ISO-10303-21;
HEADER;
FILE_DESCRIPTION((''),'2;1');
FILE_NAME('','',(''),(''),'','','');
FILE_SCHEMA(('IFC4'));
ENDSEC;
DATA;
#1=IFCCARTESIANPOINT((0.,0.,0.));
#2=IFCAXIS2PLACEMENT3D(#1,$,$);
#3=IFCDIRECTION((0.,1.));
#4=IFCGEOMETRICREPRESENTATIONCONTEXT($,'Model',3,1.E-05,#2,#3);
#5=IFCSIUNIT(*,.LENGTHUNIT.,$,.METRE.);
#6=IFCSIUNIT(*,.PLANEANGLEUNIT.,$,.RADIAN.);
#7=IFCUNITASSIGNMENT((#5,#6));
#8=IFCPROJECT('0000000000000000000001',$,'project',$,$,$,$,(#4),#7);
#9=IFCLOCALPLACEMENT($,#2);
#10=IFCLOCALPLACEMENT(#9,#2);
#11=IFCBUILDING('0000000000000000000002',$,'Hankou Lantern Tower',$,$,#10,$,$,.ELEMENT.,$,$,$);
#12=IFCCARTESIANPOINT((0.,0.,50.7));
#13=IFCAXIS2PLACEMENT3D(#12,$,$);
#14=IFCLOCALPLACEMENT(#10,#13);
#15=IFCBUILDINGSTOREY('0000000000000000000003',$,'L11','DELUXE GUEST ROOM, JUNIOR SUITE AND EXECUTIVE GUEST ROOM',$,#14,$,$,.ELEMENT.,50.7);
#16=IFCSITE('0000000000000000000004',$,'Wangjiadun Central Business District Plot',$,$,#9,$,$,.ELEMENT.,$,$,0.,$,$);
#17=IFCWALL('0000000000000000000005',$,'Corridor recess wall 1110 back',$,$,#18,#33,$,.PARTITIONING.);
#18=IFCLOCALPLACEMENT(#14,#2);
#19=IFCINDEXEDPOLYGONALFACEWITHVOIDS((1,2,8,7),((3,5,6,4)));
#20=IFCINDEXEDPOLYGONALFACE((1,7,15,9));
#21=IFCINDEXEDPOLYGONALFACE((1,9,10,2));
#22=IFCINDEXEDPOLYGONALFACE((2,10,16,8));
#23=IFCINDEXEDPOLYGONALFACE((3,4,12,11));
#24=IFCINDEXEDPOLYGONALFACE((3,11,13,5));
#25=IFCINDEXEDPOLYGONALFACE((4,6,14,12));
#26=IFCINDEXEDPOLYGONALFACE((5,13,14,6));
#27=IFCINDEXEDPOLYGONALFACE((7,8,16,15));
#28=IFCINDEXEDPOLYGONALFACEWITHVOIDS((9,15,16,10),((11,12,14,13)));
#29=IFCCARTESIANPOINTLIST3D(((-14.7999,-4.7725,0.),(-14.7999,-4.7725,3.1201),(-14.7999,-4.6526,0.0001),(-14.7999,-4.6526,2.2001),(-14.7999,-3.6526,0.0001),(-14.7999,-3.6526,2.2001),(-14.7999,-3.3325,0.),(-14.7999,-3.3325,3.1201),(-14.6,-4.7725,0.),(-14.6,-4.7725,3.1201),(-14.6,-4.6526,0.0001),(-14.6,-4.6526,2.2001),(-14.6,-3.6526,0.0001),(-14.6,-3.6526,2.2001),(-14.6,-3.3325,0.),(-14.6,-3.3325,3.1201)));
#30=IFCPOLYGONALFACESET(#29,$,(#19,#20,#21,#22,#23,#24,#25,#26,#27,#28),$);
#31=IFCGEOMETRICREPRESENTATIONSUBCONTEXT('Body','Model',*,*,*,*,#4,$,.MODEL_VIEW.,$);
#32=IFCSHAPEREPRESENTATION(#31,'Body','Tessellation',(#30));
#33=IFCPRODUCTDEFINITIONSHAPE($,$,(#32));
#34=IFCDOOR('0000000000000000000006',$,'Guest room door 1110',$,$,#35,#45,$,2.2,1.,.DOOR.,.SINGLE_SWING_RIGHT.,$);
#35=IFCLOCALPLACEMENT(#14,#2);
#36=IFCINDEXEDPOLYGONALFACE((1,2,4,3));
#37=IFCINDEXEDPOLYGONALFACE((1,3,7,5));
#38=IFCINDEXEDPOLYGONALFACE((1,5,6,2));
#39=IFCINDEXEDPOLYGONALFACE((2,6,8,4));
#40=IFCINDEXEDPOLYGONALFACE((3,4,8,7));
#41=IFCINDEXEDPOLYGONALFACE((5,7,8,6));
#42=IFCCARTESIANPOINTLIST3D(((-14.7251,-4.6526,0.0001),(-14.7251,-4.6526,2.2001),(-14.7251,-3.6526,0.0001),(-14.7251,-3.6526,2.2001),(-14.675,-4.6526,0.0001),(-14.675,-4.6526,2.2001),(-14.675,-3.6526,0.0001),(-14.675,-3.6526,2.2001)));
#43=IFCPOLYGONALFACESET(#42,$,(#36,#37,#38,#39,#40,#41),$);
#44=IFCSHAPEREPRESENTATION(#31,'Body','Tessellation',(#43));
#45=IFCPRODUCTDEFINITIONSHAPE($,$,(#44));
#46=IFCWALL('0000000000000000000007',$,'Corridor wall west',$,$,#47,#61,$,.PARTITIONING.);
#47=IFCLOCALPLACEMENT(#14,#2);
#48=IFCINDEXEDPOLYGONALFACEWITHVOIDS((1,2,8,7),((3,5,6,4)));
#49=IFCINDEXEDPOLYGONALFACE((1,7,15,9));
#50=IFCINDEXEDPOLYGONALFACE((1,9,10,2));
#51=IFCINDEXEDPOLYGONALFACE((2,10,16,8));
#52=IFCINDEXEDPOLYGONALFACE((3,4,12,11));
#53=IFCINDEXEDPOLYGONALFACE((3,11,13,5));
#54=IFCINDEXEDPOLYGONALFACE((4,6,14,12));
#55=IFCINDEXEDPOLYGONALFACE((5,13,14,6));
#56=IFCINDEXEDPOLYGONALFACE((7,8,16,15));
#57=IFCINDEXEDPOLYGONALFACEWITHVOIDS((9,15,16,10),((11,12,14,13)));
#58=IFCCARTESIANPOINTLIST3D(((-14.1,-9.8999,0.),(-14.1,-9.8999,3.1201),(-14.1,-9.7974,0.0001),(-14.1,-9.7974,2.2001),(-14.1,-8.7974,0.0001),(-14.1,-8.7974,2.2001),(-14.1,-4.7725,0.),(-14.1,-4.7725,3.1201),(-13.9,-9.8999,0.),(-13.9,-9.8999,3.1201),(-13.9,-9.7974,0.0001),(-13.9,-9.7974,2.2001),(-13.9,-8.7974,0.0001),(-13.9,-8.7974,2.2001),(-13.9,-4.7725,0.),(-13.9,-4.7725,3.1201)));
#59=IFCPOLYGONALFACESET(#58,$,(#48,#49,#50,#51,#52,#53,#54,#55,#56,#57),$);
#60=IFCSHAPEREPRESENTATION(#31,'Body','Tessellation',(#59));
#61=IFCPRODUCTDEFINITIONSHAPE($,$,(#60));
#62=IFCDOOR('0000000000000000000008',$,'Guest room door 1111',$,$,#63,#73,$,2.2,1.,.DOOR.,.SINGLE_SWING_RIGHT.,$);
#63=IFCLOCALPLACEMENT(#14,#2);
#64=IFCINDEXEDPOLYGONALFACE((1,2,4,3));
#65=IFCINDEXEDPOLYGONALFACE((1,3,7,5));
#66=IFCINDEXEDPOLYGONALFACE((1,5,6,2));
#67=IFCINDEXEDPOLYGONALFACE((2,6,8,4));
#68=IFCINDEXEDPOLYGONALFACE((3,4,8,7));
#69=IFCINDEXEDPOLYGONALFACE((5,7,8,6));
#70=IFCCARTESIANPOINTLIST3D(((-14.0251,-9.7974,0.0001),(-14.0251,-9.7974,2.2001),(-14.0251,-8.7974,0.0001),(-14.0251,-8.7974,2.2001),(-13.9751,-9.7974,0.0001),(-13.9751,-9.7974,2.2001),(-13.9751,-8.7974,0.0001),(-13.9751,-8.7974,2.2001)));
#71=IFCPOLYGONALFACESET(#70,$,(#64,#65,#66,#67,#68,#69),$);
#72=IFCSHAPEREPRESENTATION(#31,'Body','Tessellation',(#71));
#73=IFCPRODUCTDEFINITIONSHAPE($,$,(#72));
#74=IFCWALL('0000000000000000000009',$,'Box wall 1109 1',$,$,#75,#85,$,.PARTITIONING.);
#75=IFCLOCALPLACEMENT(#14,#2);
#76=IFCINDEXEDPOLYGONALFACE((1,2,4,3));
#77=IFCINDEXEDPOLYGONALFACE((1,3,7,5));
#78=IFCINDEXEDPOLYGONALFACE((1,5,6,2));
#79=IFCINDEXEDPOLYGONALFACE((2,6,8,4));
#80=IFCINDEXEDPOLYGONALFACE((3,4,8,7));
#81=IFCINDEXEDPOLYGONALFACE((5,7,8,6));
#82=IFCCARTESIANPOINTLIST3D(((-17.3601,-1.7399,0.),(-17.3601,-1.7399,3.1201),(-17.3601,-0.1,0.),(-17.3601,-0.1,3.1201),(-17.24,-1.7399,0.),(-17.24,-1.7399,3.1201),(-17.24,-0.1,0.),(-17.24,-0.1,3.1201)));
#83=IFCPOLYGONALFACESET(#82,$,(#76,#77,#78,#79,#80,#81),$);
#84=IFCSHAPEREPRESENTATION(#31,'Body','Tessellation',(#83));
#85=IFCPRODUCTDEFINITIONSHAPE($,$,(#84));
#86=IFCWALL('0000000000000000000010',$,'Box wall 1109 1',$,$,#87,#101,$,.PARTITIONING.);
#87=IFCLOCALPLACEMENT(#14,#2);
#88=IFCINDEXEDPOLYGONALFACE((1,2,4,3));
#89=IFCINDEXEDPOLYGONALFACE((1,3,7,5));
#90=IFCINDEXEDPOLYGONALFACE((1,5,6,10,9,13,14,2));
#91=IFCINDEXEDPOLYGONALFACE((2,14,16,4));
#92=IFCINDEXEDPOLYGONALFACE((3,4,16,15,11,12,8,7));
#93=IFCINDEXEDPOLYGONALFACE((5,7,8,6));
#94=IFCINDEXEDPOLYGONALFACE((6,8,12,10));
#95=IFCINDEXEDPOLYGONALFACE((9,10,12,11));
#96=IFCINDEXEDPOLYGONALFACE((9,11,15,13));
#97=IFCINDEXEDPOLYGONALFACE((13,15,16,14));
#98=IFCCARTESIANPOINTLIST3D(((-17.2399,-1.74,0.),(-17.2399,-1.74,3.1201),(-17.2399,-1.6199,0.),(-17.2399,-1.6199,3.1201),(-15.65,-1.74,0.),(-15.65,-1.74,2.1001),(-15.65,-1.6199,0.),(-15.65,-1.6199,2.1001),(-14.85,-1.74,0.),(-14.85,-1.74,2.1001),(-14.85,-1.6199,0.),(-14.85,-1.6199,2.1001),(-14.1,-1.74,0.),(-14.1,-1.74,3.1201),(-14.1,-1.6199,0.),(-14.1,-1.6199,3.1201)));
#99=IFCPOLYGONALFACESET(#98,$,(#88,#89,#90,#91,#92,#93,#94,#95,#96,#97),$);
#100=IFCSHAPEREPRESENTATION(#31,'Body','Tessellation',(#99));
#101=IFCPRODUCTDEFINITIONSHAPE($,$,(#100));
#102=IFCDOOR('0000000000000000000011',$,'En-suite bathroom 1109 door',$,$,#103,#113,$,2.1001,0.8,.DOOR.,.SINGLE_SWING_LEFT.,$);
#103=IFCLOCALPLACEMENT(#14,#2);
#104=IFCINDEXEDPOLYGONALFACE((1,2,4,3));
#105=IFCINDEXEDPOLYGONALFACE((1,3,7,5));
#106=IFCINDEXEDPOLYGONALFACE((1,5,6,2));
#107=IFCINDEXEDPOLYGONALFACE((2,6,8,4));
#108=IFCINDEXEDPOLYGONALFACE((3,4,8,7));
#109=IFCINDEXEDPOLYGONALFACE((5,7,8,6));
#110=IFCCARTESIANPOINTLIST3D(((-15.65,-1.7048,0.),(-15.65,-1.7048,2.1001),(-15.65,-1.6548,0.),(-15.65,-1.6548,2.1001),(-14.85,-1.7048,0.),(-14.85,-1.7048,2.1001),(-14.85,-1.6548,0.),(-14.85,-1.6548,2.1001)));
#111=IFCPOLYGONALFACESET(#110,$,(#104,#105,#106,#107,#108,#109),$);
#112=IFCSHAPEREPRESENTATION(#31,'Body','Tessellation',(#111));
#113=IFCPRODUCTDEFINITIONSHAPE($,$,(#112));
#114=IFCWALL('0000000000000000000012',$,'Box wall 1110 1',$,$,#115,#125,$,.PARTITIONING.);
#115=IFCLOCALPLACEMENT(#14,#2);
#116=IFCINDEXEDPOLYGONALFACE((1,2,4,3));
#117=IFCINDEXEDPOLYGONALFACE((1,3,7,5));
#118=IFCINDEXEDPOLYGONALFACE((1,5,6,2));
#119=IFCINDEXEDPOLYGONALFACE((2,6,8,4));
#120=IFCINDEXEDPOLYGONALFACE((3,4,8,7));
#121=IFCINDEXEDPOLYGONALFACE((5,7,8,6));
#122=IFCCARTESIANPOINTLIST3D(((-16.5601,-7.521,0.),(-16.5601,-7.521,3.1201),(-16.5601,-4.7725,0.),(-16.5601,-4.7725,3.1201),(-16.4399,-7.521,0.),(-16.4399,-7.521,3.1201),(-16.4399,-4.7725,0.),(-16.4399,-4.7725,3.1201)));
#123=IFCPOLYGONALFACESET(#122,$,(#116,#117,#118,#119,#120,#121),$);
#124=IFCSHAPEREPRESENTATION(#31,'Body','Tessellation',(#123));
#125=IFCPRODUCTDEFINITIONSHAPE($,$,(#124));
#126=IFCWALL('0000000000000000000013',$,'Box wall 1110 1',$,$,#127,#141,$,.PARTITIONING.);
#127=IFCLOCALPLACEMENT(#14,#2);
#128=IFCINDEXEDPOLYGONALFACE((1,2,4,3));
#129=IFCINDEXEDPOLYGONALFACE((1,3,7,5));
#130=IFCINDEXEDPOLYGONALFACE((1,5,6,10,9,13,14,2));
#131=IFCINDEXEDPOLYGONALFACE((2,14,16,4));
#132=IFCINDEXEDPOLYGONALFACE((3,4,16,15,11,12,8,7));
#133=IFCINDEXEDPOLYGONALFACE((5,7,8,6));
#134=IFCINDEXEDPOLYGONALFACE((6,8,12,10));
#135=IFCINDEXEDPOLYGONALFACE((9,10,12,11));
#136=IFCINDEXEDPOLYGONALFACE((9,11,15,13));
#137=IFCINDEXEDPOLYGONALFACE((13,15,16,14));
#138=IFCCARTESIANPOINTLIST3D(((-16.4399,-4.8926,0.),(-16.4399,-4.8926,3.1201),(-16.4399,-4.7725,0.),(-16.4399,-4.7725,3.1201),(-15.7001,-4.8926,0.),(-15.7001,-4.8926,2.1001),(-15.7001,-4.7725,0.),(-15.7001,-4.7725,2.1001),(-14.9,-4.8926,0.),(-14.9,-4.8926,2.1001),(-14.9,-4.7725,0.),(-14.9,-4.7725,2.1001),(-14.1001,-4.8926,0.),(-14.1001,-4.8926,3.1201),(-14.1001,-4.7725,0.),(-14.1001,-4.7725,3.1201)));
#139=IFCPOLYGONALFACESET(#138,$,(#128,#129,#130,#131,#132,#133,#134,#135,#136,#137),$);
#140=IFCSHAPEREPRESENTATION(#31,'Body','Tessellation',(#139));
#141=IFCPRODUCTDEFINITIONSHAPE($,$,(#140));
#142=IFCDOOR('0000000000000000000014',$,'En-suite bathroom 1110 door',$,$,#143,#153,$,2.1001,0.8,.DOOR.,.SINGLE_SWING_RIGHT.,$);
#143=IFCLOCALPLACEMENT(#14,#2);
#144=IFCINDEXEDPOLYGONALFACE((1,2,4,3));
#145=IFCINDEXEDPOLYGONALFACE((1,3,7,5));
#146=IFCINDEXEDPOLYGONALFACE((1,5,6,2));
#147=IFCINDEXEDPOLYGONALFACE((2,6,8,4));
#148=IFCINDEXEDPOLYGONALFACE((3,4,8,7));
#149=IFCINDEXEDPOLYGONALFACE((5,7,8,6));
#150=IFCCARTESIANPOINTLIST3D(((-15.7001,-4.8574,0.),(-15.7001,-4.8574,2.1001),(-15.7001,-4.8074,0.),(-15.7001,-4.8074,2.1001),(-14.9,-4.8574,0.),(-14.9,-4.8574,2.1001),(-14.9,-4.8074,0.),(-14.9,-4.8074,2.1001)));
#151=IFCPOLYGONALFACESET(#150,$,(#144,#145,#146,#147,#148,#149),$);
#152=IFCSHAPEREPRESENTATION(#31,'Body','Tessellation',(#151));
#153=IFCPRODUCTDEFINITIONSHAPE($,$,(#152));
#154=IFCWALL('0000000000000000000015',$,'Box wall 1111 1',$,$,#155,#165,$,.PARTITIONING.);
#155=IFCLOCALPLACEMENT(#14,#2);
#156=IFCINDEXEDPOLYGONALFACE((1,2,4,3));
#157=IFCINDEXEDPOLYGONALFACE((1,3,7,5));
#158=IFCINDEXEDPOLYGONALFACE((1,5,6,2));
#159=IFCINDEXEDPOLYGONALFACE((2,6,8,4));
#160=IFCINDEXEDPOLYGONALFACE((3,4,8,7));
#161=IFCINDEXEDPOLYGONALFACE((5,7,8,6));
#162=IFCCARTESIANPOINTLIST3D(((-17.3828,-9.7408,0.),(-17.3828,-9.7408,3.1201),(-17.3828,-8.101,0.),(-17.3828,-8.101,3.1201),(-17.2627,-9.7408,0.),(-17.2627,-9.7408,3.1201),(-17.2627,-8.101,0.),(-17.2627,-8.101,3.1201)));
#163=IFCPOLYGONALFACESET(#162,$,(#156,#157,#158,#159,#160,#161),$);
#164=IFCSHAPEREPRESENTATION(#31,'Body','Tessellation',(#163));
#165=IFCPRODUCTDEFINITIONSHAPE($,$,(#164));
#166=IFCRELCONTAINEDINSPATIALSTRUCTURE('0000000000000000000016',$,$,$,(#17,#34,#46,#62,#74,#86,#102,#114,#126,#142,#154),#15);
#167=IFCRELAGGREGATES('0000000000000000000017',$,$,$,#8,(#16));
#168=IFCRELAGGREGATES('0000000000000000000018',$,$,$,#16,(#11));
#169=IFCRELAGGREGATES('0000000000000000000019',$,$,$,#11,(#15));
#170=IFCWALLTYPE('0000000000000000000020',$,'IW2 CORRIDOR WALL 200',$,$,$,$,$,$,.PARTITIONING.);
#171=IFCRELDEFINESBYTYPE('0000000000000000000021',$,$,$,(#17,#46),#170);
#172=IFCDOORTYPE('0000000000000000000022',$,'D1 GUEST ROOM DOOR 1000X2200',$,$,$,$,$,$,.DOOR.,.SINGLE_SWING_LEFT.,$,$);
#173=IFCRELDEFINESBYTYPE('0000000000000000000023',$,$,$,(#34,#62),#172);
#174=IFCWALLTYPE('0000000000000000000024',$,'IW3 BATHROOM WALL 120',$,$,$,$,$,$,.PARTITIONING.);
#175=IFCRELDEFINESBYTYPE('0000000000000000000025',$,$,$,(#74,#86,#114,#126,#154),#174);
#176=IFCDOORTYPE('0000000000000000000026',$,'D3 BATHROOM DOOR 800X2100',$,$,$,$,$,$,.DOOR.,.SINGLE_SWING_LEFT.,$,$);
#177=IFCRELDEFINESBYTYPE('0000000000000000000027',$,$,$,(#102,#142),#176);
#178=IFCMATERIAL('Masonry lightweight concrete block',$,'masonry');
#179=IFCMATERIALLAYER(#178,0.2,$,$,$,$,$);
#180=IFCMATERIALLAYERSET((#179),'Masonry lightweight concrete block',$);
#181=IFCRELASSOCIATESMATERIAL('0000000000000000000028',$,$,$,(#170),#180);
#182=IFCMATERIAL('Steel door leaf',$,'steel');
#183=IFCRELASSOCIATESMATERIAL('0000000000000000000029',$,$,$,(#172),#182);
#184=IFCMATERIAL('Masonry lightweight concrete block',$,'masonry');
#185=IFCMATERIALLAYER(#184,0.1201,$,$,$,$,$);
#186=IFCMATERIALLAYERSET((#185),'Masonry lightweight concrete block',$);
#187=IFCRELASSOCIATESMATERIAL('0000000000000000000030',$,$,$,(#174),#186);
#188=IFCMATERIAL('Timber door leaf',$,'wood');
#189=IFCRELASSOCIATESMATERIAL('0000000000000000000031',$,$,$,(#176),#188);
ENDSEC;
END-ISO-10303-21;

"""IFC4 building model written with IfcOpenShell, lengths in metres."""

from ifc_helpers import new_model, si_unit, direction, frame, frame_2d, origin, place, context, subcontext, project, spatial, rectangle, extrude, material, layer, layer_set, type_object, element, fill, save


model = new_model("IFC4")

# Units and contexts
model_context = context("Model", 3, precision=1e-05, world=origin(), true_north=direction((0.0, 1.0)))
body_context = subcontext(model_context, "Body", "Model", "MODEL_VIEW")
ifc_project = project(units=[si_unit("LENGTHUNIT", "METRE"), si_unit("PLANEANGLEUNIT", "RADIAN")], contexts=[model_context])

# Site, building, storey
site_placement = place(None, origin())
site = spatial("IfcSite", under=ifc_project, at=site_placement, Name="Wangjiadun Central Business District Plot", CompositionType="ELEMENT", RefElevation=0.0)
building_placement = place(site_placement, origin())
building = spatial("IfcBuilding", under=site, at=building_placement, Name="Hankou Lantern Tower", CompositionType="ELEMENT")
storey_placement = place(building_placement, frame((0.0, 0.0, 50.7)))
storey = spatial("IfcBuildingStorey", under=building, at=storey_placement, Name="L11", Description="DELUXE GUEST ROOM, JUNIOR SUITE AND EXECUTIVE GUEST ROOM", CompositionType="ELEMENT", Elevation=50.7)

# Walls, openings, doors
ifc_material_1 = material(Name="Masonry lightweight concrete block", Category="masonry")
ifc_layer_1 = layer(ifc_material_1, 0.2)
ifc_layer_set_1 = layer_set([ifc_layer_1], Name="Masonry lightweight concrete block")
wall_type_1 = type_object("IfcWallType", Name="IW2 CORRIDOR WALL 200", PredefinedType="PARTITIONING", material=ifc_layer_set_1)
wall_1_placement = place(storey_placement, frame((-14.7, -3.3325, 0.0), z_axis=(0.0, 0.0, 1.0), x_axis=(0.0, -1.0, 0.0)))
wall_1 = element("IfcWall", 1, at=wall_1_placement, inside=storey, type_object=wall_type_1, Name="Corridor recess wall 1110 back", PredefinedType="PARTITIONING", context=body_context, shape_type="SweptSolid", body=[
    extrude(rectangle(XDim=1.4399, YDim=0.2, at=frame_2d((0.72, 0.0))), origin(), (0.0, 0.0, 1.0), 3.1201),
])
opening_1_placement = place(wall_1_placement, frame((0.3201, 0.0, 0.0)))
opening_1 = element("IfcOpeningElement", 2, at=opening_1_placement, cuts=wall_1, PredefinedType="OPENING", context=body_context, shape_type="SweptSolid", body=[
    extrude(rectangle(XDim=1.0, YDim=2.2, at=frame_2d((0.5, 1.1001))), frame((0.0, 0.1099, 0.0), z_axis=(0.0, -1.0, 0.0), x_axis=(1.0, 0.0, 0.0)), (0.0, 0.0, 1.0), 0.22),
])
ifc_material_2 = material(Name="Steel door leaf", Category="steel")
door_type_1 = type_object("IfcDoorType", Name="D1 GUEST ROOM DOOR 1000X2200", OperationType="SINGLE_SWING_LEFT", PredefinedType="DOOR", material=ifc_material_2)
door_1_placement = place(opening_1_placement, origin())
door_1 = element("IfcDoor", 3, at=door_1_placement, inside=storey, type_object=door_type_1, Name="Guest room door 1110", OperationType="SINGLE_SWING_RIGHT", OverallHeight=2.2, OverallWidth=1.0, PredefinedType="DOOR", context=body_context, shape_type="SweptSolid", body=[
    extrude(rectangle(XDim=1.0, YDim=2.2, at=frame_2d((0.5, 1.1001))), frame((0.0, 0.0249, 0.0), z_axis=(0.0, -1.0, 0.0), x_axis=(1.0, 0.0, 0.0)), (0.0, 0.0, 1.0), 0.05),
])
fill(opening_1, door_1)
wall_2_placement = place(storey_placement, frame((-14.0, -4.7725, 0.0), z_axis=(0.0, 0.0, 1.0), x_axis=(0.0, -1.0, 0.0)))
wall_2 = element("IfcWall", 4, at=wall_2_placement, inside=storey, type_object=wall_type_1, Name="Corridor wall west", PredefinedType="PARTITIONING", context=body_context, shape_type="SweptSolid", body=[
    extrude(rectangle(XDim=5.1274, YDim=0.2, at=frame_2d((2.5637, 0.0))), origin(), (0.0, 0.0, 1.0), 3.1201),
])
opening_2_placement = place(wall_2_placement, frame((4.0249, 0.0, 0.0)))
opening_2 = element("IfcOpeningElement", 5, at=opening_2_placement, cuts=wall_2, PredefinedType="OPENING", context=body_context, shape_type="SweptSolid", body=[
    extrude(rectangle(XDim=1.0, YDim=2.2, at=frame_2d((0.5, 1.1001))), frame((0.0, 0.1099, 0.0), z_axis=(0.0, -1.0, 0.0), x_axis=(1.0, 0.0, 0.0)), (0.0, 0.0, 1.0), 0.22),
])
door_2_placement = place(opening_2_placement, origin())
door_2 = element("IfcDoor", 6, at=door_2_placement, inside=storey, type_object=door_type_1, Name="Guest room door 1111", OperationType="SINGLE_SWING_RIGHT", OverallHeight=2.2, OverallWidth=1.0, PredefinedType="DOOR", context=body_context, shape_type="SweptSolid", body=[
    extrude(rectangle(XDim=1.0, YDim=2.2, at=frame_2d((0.5, 1.1001))), frame((0.0, 0.0249, 0.0), z_axis=(0.0, -1.0, 0.0), x_axis=(1.0, 0.0, 0.0)), (0.0, 0.0, 1.0), 0.05),
])
fill(opening_2, door_2)

# Wall
ifc_material_3 = material(Name="Masonry lightweight concrete block", Category="masonry")
ifc_layer_2 = layer(ifc_material_3, 0.1201)
ifc_layer_set_2 = layer_set([ifc_layer_2], Name="Masonry lightweight concrete block")
wall_type_2 = type_object("IfcWallType", Name="IW3 BATHROOM WALL 120", PredefinedType="PARTITIONING", material=ifc_layer_set_2)
wall_3_placement = place(storey_placement, frame((-17.3, -0.1001, 0.0), z_axis=(0.0, 0.0, 1.0), x_axis=(0.0, -1.0, 0.0)))
element("IfcWall", 7, at=wall_3_placement, inside=storey, type_object=wall_type_2, Name="Box wall 1109 1", PredefinedType="PARTITIONING", context=body_context, shape_type="SweptSolid", body=[
    extrude(rectangle(XDim=1.6399, YDim=0.1201, at=frame_2d((0.8198, 0.0))), origin(), (0.0, 0.0, 1.0), 3.1201),
])

# Wall, opening, door
wall_4_placement = place(storey_placement, frame((-14.1001, -1.6799, 0.0), z_axis=(0.0, 0.0, 1.0), x_axis=(-1.0, 0.0, 0.0)))
wall_4 = element("IfcWall", 8, at=wall_4_placement, inside=storey, type_object=wall_type_2, Name="Box wall 1109 1", PredefinedType="PARTITIONING", context=body_context, shape_type="SweptSolid", body=[
    extrude(rectangle(XDim=3.1399, YDim=0.1201, at=frame_2d((1.5698, 0.0))), origin(), (0.0, 0.0, 1.0), 3.1201),
])
opening_3_placement = place(wall_4_placement, frame((0.75, 0.0, 0.0)))
opening_3 = element("IfcOpeningElement", 9, at=opening_3_placement, cuts=wall_4, PredefinedType="OPENING", context=body_context, shape_type="SweptSolid", body=[
    extrude(rectangle(XDim=0.8, YDim=2.1001, at=frame_2d((0.3999, 1.05))), frame((0.0, 0.0701, 0.0), z_axis=(0.0, -1.0, 0.0), x_axis=(1.0, 0.0, 0.0)), (0.0, 0.0, 1.0), 0.1401),
])
ifc_material_4 = material(Name="Timber door leaf", Category="wood")
door_type_2 = type_object("IfcDoorType", Name="D3 BATHROOM DOOR 800X2100", OperationType="SINGLE_SWING_LEFT", PredefinedType="DOOR", material=ifc_material_4)
door_3_placement = place(opening_3_placement, origin())
door_3 = element("IfcDoor", 10, at=door_3_placement, inside=storey, type_object=door_type_2, Name="En-suite bathroom 1109 door", OperationType="SINGLE_SWING_LEFT", OverallHeight=2.1001, OverallWidth=0.8, PredefinedType="DOOR", context=body_context, shape_type="SweptSolid", body=[
    extrude(rectangle(XDim=0.8, YDim=2.1001, at=frame_2d((0.3999, 1.05))), frame((0.0, 0.0249, 0.0), z_axis=(0.0, -1.0, 0.0), x_axis=(1.0, 0.0, 0.0)), (0.0, 0.0, 1.0), 0.05),
])
fill(opening_3, door_3)

# Wall
wall_5_placement = place(storey_placement, frame((-16.5, -7.521, 0.0), z_axis=(0.0, 0.0, 1.0), x_axis=(0.0, 1.0, 0.0)))
element("IfcWall", 11, at=wall_5_placement, inside=storey, type_object=wall_type_2, Name="Box wall 1110 1", PredefinedType="PARTITIONING", context=body_context, shape_type="SweptSolid", body=[
    extrude(rectangle(XDim=2.7485, YDim=0.1201, at=frame_2d((1.3743, 0.0))), origin(), (0.0, 0.0, 1.0), 3.1201),
])

# Wall, opening, door
wall_6_placement = place(storey_placement, frame((-14.1001, -4.8325, 0.0), z_axis=(0.0, 0.0, 1.0), x_axis=(-1.0, 0.0, 0.0)))
wall_6 = element("IfcWall", 12, at=wall_6_placement, inside=storey, type_object=wall_type_2, Name="Box wall 1110 1", PredefinedType="PARTITIONING", context=body_context, shape_type="SweptSolid", body=[
    extrude(rectangle(XDim=2.3398, YDim=0.1201, at=frame_2d((1.1699, 0.0))), origin(), (0.0, 0.0, 1.0), 3.1201),
])
opening_4_placement = place(wall_6_placement, frame((0.8, 0.0, 0.0)))
opening_4 = element("IfcOpeningElement", 13, at=opening_4_placement, cuts=wall_6, PredefinedType="OPENING", context=body_context, shape_type="SweptSolid", body=[
    extrude(rectangle(XDim=0.8, YDim=2.1001, at=frame_2d((0.3999, 1.05))), frame((0.0, 0.0701, 0.0), z_axis=(0.0, -1.0, 0.0), x_axis=(1.0, 0.0, 0.0)), (0.0, 0.0, 1.0), 0.1401),
])
door_4_placement = place(opening_4_placement, origin())
door_4 = element("IfcDoor", 14, at=door_4_placement, inside=storey, type_object=door_type_2, Name="En-suite bathroom 1110 door", OperationType="SINGLE_SWING_RIGHT", OverallHeight=2.1001, OverallWidth=0.8, PredefinedType="DOOR", context=body_context, shape_type="SweptSolid", body=[
    extrude(rectangle(XDim=0.8, YDim=2.1001, at=frame_2d((0.3999, 1.05))), frame((0.0, 0.0249, 0.0), z_axis=(0.0, -1.0, 0.0), x_axis=(1.0, 0.0, 0.0)), (0.0, 0.0, 1.0), 0.05),
])
fill(opening_4, door_4)

# Wall
wall_7_placement = place(storey_placement, frame((-17.3228, -8.1011, 0.0), z_axis=(0.0, 0.0, 1.0), x_axis=(0.0, -1.0, 0.0)))
element("IfcWall", 15, at=wall_7_placement, inside=storey, type_object=wall_type_2, Name="Box wall 1111 1", PredefinedType="PARTITIONING", context=body_context, shape_type="SweptSolid", body=[
    extrude(rectangle(XDim=1.6399, YDim=0.1201, at=frame_2d((0.8198, 0.0))), origin(), (0.0, 0.0, 1.0), 3.1201),
])

save(model, "model.ifc")
